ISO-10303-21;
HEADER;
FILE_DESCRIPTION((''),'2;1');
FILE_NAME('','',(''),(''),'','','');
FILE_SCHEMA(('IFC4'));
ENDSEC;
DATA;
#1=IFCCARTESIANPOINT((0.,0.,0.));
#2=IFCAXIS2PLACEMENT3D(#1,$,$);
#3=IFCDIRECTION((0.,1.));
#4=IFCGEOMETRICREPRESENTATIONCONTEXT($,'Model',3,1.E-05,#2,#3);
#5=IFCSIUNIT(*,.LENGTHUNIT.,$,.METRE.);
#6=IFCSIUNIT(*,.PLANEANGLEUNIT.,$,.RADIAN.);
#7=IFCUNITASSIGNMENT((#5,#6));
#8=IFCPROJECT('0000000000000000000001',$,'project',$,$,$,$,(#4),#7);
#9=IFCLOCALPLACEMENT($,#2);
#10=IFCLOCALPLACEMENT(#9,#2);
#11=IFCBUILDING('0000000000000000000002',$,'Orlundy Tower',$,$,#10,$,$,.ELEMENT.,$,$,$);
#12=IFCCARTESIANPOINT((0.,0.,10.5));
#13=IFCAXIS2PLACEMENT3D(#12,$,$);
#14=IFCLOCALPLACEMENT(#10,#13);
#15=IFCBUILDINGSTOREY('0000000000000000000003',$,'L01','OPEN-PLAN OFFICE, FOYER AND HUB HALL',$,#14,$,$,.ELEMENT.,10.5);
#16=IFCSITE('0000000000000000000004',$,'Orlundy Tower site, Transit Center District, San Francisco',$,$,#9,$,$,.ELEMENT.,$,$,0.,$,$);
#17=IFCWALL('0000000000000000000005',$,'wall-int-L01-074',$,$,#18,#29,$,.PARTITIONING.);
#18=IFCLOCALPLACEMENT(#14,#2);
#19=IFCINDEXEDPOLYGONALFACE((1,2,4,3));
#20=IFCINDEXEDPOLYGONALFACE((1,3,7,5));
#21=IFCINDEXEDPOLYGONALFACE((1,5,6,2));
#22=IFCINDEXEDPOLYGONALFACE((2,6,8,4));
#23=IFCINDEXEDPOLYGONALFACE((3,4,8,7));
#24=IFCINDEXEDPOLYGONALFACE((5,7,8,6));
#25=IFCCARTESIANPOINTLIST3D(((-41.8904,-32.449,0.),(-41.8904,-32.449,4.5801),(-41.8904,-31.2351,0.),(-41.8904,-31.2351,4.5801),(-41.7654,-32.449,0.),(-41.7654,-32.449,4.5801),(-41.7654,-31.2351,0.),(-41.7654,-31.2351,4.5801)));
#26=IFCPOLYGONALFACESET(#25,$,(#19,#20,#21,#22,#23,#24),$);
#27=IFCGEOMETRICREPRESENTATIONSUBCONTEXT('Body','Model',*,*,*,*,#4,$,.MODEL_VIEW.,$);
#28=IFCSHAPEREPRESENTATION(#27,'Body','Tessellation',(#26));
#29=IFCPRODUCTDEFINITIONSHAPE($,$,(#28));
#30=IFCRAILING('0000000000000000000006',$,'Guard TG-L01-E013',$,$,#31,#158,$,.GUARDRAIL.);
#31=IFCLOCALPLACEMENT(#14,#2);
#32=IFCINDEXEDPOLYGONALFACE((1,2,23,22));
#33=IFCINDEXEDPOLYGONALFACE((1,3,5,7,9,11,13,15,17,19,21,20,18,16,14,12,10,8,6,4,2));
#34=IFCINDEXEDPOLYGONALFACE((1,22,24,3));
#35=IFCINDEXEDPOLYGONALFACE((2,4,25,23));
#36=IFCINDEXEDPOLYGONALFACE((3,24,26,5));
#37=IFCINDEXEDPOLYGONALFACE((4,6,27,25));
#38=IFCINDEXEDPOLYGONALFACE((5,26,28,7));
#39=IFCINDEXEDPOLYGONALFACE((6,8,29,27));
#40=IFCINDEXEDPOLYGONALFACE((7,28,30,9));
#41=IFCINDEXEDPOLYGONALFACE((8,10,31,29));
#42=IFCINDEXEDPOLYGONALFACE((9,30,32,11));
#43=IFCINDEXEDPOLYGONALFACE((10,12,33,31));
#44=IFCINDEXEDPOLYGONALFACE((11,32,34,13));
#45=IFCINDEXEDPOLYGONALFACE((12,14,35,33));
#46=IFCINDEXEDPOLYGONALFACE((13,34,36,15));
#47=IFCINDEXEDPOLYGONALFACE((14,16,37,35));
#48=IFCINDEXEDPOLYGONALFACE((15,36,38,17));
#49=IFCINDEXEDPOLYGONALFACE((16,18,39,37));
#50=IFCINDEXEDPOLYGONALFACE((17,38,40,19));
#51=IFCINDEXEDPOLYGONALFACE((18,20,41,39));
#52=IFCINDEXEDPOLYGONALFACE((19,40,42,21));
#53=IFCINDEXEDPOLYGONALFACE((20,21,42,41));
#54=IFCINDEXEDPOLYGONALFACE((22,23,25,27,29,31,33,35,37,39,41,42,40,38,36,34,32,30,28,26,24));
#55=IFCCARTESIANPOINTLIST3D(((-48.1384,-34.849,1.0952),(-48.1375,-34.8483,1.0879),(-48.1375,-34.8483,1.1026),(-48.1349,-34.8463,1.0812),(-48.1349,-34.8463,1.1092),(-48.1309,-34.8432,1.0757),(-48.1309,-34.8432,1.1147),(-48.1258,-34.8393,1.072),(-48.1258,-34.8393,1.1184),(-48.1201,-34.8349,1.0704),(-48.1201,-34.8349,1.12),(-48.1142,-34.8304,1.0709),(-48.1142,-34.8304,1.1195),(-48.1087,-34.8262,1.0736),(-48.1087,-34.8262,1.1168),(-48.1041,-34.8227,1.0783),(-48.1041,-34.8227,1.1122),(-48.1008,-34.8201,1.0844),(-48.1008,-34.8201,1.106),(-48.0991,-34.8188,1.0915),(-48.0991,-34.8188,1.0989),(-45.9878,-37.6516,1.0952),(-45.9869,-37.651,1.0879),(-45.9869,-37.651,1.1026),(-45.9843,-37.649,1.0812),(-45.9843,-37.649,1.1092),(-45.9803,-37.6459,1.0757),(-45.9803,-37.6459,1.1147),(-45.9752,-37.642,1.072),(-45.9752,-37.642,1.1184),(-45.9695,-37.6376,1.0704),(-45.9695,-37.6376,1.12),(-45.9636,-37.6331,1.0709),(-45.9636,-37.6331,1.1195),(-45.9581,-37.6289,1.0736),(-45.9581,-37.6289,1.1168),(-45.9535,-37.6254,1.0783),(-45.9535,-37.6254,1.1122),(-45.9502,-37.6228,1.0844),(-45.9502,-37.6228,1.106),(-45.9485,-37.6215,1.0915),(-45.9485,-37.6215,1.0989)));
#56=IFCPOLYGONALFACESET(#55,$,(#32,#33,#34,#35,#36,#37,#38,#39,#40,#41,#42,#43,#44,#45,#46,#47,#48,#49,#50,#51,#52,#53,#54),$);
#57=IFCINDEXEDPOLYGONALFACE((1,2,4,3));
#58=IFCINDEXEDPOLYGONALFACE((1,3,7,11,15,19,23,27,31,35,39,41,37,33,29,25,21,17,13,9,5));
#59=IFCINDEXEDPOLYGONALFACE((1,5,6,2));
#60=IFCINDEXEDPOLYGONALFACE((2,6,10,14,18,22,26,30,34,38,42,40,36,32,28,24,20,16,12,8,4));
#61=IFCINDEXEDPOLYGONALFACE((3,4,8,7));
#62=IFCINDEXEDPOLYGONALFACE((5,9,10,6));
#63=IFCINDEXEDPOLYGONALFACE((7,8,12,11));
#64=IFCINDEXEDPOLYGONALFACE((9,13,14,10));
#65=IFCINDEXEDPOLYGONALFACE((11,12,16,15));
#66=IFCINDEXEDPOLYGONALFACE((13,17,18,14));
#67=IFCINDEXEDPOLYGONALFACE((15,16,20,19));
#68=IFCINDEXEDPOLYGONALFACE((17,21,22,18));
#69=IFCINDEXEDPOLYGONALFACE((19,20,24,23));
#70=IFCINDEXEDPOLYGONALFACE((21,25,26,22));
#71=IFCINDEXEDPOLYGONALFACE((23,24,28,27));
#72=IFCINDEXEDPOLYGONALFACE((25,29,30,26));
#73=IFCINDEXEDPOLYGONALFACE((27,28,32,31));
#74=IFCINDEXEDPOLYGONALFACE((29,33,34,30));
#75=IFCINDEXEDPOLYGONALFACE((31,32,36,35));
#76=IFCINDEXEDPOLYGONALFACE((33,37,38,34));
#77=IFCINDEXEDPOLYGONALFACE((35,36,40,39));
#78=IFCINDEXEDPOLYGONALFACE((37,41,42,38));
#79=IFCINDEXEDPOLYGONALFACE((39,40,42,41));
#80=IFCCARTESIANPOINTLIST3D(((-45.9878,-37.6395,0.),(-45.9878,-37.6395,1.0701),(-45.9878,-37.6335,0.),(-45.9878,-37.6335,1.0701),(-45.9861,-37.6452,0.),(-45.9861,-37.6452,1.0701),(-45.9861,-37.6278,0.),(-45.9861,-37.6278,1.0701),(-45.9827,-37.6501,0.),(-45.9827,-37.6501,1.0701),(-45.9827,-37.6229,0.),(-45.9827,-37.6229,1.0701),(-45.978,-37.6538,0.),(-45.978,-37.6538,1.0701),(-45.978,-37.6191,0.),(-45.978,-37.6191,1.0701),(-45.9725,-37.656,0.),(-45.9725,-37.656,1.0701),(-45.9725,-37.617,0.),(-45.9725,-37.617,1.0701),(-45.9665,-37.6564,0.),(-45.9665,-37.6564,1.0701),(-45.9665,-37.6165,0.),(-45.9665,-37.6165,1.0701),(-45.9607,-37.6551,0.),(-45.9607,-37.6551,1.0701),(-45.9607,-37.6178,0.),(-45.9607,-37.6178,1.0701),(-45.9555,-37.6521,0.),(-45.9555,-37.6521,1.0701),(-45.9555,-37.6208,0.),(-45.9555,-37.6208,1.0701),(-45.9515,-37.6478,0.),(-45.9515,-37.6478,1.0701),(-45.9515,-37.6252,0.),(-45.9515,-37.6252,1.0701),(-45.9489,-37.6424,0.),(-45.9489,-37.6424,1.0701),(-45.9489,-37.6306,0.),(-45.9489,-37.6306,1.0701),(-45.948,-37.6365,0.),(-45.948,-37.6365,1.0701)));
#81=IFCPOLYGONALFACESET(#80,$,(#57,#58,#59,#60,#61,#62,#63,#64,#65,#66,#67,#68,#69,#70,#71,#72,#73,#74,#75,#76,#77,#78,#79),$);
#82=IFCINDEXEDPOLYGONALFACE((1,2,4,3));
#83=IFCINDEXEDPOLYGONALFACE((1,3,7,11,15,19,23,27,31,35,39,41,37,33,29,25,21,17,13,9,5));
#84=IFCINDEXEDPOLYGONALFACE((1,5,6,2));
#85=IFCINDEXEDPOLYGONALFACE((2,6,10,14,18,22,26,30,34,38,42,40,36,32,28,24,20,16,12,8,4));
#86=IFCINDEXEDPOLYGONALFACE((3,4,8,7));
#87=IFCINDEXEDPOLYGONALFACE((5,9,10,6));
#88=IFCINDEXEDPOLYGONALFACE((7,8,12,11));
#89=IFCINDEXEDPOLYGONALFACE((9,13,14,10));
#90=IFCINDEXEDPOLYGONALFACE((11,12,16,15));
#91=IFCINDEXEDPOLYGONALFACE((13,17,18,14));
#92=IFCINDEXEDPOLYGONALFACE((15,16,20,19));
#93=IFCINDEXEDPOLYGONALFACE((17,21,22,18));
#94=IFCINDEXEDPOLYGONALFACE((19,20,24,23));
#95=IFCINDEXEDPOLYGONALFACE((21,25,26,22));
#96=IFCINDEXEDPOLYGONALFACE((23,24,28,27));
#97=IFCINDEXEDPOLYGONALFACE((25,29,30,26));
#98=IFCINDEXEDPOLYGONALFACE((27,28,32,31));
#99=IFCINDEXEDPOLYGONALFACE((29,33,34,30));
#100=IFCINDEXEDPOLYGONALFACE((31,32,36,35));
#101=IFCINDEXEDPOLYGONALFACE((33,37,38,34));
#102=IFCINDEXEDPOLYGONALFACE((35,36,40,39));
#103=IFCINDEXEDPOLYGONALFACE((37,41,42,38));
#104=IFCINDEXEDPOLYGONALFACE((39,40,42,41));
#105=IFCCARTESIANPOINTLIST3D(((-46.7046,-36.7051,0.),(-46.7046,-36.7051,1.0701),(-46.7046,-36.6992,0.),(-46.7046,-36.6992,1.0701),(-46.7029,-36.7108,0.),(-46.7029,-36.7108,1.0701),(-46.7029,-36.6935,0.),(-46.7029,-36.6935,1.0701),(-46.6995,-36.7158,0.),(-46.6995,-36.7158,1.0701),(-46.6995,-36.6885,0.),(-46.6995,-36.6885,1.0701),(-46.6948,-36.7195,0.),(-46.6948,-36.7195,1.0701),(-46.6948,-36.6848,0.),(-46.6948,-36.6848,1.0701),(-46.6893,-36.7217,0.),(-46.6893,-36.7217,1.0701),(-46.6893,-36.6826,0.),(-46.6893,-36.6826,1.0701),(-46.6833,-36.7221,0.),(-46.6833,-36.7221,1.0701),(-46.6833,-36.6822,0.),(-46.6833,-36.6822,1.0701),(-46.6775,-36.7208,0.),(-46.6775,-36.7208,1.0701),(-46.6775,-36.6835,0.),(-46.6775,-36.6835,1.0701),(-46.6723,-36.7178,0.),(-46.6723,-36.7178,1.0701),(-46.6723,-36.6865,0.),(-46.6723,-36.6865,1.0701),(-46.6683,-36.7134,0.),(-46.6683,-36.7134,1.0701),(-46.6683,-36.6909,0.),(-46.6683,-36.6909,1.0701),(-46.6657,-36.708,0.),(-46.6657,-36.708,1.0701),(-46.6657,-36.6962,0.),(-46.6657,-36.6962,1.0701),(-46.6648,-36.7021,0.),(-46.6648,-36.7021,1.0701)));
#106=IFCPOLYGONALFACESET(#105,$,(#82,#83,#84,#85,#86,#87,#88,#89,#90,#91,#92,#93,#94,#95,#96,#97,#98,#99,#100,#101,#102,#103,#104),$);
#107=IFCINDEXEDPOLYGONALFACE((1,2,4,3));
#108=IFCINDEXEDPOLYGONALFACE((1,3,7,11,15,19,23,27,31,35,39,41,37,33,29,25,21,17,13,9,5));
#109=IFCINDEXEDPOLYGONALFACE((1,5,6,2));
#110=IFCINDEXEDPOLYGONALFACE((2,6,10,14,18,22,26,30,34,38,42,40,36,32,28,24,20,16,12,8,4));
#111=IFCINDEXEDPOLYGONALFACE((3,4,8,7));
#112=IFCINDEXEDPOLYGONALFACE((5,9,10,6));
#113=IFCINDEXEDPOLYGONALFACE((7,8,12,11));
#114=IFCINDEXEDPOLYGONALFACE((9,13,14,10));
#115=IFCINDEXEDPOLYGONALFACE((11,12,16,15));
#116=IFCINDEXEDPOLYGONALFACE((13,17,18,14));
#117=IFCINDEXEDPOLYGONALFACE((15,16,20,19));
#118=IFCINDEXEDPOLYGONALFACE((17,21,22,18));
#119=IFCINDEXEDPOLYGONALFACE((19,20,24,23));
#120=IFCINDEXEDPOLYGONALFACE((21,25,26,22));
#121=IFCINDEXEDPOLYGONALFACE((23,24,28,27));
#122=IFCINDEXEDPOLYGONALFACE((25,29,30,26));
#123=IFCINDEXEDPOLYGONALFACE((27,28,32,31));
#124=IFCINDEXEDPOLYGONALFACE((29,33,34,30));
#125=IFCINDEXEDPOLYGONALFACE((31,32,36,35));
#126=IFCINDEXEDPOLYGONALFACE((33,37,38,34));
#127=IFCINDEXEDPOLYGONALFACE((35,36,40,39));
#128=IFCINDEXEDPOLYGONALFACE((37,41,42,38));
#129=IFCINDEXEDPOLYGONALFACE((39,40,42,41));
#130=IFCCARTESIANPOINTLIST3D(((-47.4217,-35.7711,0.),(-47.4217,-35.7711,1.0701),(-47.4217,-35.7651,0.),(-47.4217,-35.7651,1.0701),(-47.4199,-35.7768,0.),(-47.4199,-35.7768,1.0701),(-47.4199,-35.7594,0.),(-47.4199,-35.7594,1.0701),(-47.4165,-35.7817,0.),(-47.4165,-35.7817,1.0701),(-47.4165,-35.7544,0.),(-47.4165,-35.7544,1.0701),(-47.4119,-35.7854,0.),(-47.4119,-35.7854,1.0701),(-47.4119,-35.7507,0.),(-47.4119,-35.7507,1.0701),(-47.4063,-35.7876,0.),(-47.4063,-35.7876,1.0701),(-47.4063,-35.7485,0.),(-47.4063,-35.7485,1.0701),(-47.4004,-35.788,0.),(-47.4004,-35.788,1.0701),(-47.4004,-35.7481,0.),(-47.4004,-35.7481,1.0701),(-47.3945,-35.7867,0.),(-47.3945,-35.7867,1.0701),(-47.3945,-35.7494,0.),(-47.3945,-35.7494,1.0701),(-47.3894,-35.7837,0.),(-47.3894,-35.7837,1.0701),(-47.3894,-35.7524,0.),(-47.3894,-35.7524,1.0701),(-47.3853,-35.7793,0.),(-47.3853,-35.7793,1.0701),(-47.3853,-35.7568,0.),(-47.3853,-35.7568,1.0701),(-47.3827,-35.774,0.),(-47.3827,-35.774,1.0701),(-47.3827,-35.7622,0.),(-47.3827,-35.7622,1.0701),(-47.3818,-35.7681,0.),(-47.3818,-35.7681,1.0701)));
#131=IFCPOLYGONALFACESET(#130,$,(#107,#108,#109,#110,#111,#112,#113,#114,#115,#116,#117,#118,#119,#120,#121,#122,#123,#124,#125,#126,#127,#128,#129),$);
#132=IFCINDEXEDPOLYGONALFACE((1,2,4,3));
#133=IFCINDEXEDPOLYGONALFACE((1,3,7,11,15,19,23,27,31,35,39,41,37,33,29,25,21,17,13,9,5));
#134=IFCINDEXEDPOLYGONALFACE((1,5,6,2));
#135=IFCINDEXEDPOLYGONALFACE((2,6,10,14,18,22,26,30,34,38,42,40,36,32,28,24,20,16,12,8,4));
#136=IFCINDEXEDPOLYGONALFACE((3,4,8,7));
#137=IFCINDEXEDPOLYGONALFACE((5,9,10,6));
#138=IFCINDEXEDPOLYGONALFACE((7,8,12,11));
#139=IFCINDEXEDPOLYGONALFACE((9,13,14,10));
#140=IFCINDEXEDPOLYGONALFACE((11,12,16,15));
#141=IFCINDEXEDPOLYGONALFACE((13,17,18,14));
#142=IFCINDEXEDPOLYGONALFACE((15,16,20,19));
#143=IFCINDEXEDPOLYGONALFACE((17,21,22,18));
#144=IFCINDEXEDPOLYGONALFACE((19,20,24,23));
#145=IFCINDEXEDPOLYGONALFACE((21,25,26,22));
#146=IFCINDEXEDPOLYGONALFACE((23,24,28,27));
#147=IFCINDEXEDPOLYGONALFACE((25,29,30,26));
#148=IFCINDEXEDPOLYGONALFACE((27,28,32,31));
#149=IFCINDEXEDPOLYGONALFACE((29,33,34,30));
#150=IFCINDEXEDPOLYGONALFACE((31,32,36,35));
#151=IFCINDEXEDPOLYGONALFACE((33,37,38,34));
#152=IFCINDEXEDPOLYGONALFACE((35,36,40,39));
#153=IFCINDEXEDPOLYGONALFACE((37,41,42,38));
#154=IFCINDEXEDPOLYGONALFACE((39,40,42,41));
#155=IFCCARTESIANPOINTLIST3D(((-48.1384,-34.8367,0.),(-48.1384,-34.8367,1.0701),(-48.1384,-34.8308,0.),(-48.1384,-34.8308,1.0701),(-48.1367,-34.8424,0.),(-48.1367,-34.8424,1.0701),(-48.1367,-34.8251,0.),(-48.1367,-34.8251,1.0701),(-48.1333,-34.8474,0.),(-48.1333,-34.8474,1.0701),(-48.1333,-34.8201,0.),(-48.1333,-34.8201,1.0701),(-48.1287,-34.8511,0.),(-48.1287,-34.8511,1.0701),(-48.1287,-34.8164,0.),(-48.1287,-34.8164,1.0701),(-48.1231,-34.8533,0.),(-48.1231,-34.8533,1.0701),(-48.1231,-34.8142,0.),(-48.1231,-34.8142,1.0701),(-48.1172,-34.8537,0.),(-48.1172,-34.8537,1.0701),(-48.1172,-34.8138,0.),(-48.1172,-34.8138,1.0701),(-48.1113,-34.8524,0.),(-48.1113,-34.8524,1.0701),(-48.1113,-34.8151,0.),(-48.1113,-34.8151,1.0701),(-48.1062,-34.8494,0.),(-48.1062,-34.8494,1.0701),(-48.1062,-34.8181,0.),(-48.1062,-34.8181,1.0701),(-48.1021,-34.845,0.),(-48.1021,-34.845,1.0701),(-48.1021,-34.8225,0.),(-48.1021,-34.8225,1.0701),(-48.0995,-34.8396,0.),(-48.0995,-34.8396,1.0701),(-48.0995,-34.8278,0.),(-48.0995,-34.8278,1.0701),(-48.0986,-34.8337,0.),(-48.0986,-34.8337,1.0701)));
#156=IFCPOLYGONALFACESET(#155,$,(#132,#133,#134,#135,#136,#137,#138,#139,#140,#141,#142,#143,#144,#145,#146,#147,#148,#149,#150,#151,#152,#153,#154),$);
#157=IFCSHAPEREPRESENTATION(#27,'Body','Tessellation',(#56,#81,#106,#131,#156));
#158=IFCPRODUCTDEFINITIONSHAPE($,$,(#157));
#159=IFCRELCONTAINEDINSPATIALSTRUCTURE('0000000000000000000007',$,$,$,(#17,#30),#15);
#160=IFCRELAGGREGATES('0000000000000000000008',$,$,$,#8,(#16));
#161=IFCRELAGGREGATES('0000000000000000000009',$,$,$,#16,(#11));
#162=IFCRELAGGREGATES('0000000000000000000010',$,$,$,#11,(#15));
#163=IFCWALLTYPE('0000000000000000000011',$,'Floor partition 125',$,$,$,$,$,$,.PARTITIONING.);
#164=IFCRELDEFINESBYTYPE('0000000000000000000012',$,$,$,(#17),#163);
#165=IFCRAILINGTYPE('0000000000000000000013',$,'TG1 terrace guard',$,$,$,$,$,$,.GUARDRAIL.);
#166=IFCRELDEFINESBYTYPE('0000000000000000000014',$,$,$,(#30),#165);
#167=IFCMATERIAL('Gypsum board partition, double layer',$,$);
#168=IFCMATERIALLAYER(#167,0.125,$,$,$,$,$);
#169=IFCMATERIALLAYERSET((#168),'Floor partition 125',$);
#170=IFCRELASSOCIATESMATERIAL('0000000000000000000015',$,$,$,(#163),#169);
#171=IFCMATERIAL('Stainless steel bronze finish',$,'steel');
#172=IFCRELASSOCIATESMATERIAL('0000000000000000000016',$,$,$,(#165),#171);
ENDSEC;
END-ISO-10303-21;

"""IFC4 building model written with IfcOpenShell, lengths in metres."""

from ifc_helpers import new_model, si_unit, direction, frame, frame_2d, origin, origin_2d, place, context, subcontext, project, spatial, rectangle, circle, extrude, material, layer, layer_set, type_object, element, save


model = new_model("IFC4")

# Units and contexts
model_context = context("Model", 3, precision=1e-05, world=origin(), true_north=direction((0.0, 1.0)))
body_context = subcontext(model_context, "Body", "Model", "MODEL_VIEW")
ifc_project = project(units=[si_unit("LENGTHUNIT", "METRE"), si_unit("PLANEANGLEUNIT", "RADIAN")], contexts=[model_context])

# Site, building, storey
site_placement = place(None, origin())
site = spatial("IfcSite", under=ifc_project, at=site_placement, Name="Orlundy Tower site, Transit Center District, San Francisco", CompositionType="ELEMENT", RefElevation=0.0)
building_placement = place(site_placement, origin())
building = spatial("IfcBuilding", under=site, at=building_placement, Name="Orlundy Tower", CompositionType="ELEMENT")
storey_placement = place(building_placement, frame((0.0, 0.0, 10.5)))
storey = spatial("IfcBuildingStorey", under=building, at=storey_placement, Name="L01", Description="OPEN-PLAN OFFICE, FOYER AND HUB HALL", CompositionType="ELEMENT", Elevation=10.5)

# Wall
ifc_material_1 = material(Name="Gypsum board partition, double layer")
ifc_layer_1 = layer(ifc_material_1, 0.125)
ifc_layer_set_1 = layer_set([ifc_layer_1], Name="Floor partition 125")
wall_type_1 = type_object("IfcWallType", Name="Floor partition 125", PredefinedType="PARTITIONING", material=ifc_layer_set_1)
wall_1_placement = place(storey_placement, frame((-41.8279, -32.449, 0.0), z_axis=(0.0, 0.0, 1.0), x_axis=(0.0, 1.0, 0.0)))
element("IfcWall", 1, at=wall_1_placement, inside=storey, type_object=wall_type_1, Name="wall-int-L01-074", PredefinedType="PARTITIONING", context=body_context, shape_type="SweptSolid", body=[
    extrude(rectangle(XDim=1.2139, YDim=0.125, at=frame_2d((0.6069, 0.0))), origin(), (0.0, 0.0, 1.0), 4.5801),
])

# Railing
ifc_material_2 = material(Name="Stainless steel bronze finish", Category="steel")
railing_type = type_object("IfcRailingType", Name="TG1 terrace guard", PredefinedType="GUARDRAIL", material=ifc_material_2)
railing_placement = place(storey_placement, frame((-45.968, -37.6365, 0.0)))
element("IfcRailing", 2, at=railing_placement, inside=storey, type_object=railing_type, Name="Guard TG-L01-E013", PredefinedType="GUARDRAIL", context=body_context, shape_type="SweptSolid", body=[
    extrude(circle(Radius=0.0249, at=origin_2d()), frame((0.0, 0.0, 1.0952), z_axis=(-0.608765, 0.79335, 0.0), x_axis=(-0.79335, -0.608765, 0.0)), (0.0, 0.0, 1.0), 3.5327),
    extrude(circle(Radius=0.02, at=origin_2d()), origin(), (0.0, 0.0, 1.0), 1.0701),
    extrude(circle(Radius=0.02, at=origin_2d()), frame((-0.7168, 0.9343, 0.0)), (0.0, 0.0, 1.0), 1.0701),
    extrude(circle(Radius=0.02, at=origin_2d()), frame((-1.4338, 1.8684, 0.0)), (0.0, 0.0, 1.0), 1.0701),
    extrude(circle(Radius=0.02, at=origin_2d()), frame((-2.1506, 2.8027, 0.0)), (0.0, 0.0, 1.0), 1.0701),
])

save(model, "model.ifc")
